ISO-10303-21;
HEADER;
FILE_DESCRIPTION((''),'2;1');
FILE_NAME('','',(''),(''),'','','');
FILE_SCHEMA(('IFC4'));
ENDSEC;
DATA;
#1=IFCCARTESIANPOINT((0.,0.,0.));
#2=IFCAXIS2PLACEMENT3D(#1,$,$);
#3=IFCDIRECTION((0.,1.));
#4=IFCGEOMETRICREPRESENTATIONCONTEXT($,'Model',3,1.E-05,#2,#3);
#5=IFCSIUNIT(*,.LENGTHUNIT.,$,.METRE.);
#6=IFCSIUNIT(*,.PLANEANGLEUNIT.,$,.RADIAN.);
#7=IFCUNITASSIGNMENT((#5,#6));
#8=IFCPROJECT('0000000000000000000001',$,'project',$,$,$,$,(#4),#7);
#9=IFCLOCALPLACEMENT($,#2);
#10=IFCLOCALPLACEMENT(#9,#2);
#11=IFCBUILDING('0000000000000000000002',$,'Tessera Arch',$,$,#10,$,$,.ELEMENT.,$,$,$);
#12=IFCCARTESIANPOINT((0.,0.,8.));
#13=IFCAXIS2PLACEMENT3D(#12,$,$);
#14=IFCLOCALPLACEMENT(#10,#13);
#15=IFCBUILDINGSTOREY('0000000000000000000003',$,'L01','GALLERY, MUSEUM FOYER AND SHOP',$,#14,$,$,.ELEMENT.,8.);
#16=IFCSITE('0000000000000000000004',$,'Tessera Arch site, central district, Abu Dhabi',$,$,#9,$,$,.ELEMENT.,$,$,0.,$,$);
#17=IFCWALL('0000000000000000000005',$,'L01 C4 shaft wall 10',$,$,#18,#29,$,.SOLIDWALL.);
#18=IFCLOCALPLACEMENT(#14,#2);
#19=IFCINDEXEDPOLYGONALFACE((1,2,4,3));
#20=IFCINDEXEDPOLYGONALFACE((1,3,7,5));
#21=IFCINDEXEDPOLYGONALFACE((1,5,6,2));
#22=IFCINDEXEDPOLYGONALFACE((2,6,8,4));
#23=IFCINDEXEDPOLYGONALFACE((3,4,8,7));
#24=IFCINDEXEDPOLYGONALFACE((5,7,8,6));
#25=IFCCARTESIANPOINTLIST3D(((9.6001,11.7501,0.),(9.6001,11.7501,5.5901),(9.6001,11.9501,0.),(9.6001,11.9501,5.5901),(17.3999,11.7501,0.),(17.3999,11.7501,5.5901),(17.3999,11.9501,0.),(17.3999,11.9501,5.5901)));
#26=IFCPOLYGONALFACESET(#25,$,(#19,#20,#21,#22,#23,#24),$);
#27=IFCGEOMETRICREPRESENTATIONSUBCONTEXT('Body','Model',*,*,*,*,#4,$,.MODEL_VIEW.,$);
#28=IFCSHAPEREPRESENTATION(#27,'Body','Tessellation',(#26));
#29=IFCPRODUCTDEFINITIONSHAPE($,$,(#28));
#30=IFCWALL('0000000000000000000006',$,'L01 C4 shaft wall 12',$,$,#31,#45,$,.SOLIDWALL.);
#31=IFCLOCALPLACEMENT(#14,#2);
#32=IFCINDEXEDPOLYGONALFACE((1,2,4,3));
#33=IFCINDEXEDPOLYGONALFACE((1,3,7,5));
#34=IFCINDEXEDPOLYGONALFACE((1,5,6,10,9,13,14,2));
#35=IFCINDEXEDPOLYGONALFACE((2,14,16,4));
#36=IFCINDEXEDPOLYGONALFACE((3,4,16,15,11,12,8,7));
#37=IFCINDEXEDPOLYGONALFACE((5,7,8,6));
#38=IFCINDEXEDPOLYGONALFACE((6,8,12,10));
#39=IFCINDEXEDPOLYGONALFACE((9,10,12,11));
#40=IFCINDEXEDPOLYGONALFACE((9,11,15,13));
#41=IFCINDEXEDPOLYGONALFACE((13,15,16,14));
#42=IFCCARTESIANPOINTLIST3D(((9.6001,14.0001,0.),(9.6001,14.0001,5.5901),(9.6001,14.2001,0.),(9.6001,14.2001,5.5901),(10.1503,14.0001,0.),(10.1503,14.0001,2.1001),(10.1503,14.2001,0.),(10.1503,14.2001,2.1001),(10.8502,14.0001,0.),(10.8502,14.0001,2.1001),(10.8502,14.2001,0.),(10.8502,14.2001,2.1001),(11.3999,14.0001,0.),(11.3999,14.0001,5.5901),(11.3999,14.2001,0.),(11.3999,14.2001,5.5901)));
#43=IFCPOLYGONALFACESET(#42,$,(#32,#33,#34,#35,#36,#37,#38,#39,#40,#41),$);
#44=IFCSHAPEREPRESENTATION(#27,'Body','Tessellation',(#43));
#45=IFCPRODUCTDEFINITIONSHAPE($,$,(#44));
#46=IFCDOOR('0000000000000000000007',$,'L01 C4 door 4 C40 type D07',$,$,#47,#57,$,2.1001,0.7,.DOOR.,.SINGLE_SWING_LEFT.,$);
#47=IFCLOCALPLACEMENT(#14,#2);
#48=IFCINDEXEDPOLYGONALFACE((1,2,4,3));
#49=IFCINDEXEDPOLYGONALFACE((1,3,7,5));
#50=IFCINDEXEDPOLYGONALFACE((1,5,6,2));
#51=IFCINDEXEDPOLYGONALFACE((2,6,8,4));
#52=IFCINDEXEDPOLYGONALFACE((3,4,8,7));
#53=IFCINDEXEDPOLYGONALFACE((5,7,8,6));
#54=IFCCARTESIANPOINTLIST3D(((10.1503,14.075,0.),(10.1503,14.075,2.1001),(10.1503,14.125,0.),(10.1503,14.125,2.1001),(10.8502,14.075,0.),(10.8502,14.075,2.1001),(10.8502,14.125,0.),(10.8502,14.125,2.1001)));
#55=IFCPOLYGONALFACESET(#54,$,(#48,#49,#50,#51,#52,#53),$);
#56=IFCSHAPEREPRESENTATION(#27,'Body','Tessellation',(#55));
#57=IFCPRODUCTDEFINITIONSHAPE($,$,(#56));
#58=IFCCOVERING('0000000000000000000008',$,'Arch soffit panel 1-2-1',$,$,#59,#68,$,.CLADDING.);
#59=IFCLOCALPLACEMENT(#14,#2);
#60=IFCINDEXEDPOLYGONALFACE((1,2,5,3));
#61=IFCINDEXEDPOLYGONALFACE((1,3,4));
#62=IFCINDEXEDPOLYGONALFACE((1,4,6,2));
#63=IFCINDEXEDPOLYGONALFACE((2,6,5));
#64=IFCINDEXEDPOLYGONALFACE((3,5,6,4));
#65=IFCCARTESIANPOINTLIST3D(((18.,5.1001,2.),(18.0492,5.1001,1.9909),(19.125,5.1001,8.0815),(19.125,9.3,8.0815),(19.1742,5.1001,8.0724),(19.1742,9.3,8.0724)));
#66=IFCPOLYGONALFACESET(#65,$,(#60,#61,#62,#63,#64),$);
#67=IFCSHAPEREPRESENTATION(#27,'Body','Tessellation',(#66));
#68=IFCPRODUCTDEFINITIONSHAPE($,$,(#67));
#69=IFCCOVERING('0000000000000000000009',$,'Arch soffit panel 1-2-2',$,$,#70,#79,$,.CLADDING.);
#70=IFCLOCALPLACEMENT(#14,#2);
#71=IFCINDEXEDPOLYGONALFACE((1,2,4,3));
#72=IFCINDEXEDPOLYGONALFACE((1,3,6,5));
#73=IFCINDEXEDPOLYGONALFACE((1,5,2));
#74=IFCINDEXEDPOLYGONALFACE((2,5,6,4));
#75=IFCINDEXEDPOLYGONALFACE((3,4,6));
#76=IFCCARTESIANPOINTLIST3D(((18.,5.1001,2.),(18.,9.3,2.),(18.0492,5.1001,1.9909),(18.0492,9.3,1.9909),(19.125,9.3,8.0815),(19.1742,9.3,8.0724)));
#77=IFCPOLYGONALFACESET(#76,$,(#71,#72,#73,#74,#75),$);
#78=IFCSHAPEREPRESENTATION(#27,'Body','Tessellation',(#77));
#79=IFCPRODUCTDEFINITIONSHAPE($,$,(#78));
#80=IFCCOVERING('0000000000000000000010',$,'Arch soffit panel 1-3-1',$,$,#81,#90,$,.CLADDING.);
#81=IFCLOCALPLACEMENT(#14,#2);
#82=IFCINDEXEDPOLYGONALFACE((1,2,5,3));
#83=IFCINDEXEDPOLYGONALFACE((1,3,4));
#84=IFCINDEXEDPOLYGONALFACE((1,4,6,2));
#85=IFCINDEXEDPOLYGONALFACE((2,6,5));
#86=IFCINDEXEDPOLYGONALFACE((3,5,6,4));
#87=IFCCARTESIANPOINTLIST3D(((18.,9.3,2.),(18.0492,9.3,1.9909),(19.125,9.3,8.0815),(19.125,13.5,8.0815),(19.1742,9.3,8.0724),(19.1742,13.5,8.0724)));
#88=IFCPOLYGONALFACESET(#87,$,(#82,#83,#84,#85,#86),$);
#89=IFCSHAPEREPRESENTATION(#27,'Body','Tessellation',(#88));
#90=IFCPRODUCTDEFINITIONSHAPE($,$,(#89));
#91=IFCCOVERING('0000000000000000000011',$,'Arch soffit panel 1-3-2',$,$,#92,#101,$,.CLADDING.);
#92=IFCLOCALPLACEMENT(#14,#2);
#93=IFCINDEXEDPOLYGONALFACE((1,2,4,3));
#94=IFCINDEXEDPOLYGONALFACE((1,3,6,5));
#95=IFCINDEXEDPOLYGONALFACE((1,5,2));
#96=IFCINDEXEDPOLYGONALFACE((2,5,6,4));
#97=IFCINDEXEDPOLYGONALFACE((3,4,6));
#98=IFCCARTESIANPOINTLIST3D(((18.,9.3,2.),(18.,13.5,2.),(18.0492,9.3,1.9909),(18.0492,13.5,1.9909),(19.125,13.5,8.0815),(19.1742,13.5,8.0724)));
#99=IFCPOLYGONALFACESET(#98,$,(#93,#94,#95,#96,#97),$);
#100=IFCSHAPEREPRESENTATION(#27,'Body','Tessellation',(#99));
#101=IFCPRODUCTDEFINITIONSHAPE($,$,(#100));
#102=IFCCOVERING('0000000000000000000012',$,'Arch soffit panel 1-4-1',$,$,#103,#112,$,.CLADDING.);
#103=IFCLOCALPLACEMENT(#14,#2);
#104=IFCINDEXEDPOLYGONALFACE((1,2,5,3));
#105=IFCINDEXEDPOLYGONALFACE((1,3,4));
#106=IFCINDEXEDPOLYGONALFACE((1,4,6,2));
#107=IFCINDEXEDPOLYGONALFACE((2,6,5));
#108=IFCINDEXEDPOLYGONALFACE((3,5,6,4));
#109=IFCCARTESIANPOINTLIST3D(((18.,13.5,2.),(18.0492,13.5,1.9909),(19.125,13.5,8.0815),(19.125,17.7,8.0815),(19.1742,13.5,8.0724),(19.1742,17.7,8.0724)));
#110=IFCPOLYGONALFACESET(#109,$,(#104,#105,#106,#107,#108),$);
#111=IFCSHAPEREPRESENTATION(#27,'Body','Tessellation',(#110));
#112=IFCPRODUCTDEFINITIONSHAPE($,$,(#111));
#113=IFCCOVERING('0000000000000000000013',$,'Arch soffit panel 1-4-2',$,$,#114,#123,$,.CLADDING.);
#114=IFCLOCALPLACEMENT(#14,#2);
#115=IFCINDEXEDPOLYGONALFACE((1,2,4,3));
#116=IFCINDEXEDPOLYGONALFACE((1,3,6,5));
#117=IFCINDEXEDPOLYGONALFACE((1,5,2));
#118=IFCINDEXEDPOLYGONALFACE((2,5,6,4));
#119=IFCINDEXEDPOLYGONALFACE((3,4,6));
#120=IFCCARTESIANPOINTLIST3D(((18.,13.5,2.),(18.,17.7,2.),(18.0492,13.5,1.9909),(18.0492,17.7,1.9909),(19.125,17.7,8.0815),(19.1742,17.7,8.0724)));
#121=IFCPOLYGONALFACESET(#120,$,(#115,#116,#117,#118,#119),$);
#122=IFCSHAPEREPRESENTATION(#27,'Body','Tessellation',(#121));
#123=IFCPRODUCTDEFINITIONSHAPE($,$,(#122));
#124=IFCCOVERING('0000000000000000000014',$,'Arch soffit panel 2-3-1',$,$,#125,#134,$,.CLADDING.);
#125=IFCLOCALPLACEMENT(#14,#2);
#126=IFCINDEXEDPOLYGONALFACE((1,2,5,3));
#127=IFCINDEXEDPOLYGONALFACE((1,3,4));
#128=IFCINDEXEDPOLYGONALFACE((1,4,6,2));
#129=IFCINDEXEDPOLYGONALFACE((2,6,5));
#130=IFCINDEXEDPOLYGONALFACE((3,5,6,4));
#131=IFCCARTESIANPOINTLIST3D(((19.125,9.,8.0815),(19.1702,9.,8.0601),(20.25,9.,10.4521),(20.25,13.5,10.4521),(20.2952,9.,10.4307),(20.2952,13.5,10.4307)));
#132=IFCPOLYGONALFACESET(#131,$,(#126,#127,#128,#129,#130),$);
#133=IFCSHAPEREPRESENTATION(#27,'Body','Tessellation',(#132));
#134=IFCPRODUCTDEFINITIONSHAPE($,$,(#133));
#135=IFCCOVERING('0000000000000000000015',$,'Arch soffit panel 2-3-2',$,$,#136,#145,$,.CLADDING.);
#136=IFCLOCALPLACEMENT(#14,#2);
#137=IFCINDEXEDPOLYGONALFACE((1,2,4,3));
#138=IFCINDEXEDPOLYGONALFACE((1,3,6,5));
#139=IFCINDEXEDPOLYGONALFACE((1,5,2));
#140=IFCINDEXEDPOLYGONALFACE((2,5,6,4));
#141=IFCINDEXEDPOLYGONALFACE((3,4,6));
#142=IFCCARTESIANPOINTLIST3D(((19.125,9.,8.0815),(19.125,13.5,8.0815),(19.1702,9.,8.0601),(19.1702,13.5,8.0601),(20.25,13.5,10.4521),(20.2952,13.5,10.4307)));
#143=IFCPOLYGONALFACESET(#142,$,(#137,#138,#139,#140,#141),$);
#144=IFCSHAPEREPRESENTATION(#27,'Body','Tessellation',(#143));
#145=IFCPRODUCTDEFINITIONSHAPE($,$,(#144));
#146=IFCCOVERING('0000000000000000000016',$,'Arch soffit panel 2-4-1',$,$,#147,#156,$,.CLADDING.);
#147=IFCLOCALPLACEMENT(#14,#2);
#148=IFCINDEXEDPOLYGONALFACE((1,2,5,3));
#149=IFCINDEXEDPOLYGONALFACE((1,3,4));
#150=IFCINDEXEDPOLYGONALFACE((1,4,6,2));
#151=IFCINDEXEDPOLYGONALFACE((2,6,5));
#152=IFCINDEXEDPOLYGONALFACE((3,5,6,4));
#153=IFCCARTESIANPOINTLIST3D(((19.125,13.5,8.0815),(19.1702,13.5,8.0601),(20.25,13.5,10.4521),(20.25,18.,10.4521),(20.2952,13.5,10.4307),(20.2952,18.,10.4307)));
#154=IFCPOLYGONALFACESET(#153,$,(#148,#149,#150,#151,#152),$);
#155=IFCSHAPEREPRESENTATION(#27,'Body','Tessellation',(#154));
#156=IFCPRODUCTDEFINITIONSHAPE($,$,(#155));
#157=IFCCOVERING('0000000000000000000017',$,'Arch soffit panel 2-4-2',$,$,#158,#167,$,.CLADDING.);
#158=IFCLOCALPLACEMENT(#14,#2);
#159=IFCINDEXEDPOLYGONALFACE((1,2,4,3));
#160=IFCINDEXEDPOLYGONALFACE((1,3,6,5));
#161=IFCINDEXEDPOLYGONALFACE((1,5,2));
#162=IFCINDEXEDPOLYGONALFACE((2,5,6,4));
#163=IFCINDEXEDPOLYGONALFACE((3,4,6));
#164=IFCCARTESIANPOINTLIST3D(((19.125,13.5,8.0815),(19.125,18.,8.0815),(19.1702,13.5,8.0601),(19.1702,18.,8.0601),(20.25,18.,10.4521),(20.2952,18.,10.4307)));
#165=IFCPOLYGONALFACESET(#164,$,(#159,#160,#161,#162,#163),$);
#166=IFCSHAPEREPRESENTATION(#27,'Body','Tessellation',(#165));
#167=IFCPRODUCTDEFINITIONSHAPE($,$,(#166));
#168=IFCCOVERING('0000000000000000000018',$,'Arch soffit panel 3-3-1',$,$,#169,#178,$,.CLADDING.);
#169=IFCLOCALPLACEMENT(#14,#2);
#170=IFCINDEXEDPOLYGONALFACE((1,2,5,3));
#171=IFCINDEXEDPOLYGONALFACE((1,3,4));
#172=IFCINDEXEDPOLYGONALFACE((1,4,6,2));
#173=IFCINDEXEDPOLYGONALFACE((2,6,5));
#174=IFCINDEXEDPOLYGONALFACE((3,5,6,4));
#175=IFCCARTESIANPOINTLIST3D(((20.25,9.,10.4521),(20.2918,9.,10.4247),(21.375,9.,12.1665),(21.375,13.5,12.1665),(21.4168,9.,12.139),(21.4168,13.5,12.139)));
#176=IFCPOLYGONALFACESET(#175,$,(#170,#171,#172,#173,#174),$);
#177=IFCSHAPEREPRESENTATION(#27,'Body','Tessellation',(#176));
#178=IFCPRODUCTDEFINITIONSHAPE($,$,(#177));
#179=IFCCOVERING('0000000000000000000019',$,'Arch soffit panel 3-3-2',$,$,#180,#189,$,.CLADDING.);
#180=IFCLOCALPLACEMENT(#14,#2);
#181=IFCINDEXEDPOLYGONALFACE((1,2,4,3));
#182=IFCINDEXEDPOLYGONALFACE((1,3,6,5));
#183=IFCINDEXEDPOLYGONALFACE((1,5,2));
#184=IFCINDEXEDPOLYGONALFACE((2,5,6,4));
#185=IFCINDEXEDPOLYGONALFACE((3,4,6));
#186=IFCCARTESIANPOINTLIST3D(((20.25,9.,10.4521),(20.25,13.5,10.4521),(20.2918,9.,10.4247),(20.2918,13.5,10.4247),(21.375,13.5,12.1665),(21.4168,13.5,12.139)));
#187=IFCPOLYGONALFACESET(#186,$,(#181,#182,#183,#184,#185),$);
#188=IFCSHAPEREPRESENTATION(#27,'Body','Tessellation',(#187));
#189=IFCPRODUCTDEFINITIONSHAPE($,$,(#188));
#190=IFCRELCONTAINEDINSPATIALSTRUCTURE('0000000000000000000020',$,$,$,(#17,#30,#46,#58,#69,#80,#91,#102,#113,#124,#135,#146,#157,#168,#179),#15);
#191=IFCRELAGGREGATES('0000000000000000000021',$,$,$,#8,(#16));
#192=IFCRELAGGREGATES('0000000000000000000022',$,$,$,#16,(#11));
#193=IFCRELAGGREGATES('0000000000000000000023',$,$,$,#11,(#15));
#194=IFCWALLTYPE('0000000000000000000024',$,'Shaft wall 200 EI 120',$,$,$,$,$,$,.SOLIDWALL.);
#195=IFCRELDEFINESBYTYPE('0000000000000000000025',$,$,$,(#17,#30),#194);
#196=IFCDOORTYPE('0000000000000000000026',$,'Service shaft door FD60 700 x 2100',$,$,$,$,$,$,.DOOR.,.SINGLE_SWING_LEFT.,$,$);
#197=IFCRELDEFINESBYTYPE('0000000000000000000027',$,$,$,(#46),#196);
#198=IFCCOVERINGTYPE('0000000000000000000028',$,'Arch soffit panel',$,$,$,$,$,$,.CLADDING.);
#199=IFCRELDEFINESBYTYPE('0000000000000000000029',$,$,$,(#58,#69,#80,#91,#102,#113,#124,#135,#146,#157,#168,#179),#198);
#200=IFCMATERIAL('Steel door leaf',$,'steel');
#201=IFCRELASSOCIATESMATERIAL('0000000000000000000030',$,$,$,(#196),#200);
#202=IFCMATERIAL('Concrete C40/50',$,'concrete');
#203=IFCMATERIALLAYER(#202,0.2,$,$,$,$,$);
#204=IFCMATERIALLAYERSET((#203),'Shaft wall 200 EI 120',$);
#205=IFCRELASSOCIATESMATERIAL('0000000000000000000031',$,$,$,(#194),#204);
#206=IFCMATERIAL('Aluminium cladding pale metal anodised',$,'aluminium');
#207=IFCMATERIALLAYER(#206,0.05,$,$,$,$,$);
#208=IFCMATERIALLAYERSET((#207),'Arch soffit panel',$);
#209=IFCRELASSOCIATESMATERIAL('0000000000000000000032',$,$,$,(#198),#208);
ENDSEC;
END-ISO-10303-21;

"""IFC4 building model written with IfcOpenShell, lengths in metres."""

from ifc_helpers import new_model, si_unit, direction, frame, frame_2d, origin, place, context, subcontext, project, spatial, polyline, rectangle, outline, extrude, material, layer, layer_set, type_object, element, fill, save


model = new_model("IFC4")

# Units and contexts
model_context = context("Model", 3, precision=1e-05, world=origin(), true_north=direction((0.0, 1.0)))
body_context = subcontext(model_context, "Body", "Model", "MODEL_VIEW")
ifc_project = project(units=[si_unit("LENGTHUNIT", "METRE"), si_unit("PLANEANGLEUNIT", "RADIAN")], contexts=[model_context])

# Site, building, storey
site_placement = place(None, origin())
site = spatial("IfcSite", under=ifc_project, at=site_placement, Name="Tessera Arch site, central district, Abu Dhabi", CompositionType="ELEMENT", RefElevation=0.0)
building_placement = place(site_placement, origin())
building = spatial("IfcBuilding", under=site, at=building_placement, Name="Tessera Arch", CompositionType="ELEMENT")
storey_placement = place(building_placement, frame((0.0, 0.0, 8.0)))
storey = spatial("IfcBuildingStorey", under=building, at=storey_placement, Name="L01", Description="GALLERY, MUSEUM FOYER AND SHOP", CompositionType="ELEMENT", Elevation=8.0)

# Shared definitions
ifc_material_1 = material(Name="Steel door leaf", Category="steel")
door_type_1 = type_object("IfcDoorType", Name="Service shaft door FD60 700 x 2100", OperationType="SINGLE_SWING_LEFT", PredefinedType="DOOR", material=ifc_material_1)

# Wall
ifc_material_2 = material(Name="Concrete C40/50", Category="concrete")
ifc_layer_1 = layer(ifc_material_2, 0.2)
ifc_layer_set_1 = layer_set([ifc_layer_1], Name="Shaft wall 200 EI 120")
wall_type_1 = type_object("IfcWallType", Name="Shaft wall 200 EI 120", PredefinedType="SOLIDWALL", material=ifc_layer_set_1)
wall_1_placement = place(storey_placement, frame((9.6001, 11.8501, 0.0), z_axis=(0.0, 0.0, 1.0), x_axis=(1.0, 0.0, 0.0)))
element("IfcWall", 1, at=wall_1_placement, inside=storey, type_object=wall_type_1, Name="L01 C4 shaft wall 10", PredefinedType="SOLIDWALL", context=body_context, shape_type="SweptSolid", body=[
    extrude(rectangle(XDim=7.7998, YDim=0.2, at=frame_2d((3.8999, 0.0))), origin(), (0.0, 0.0, 1.0), 5.5901),
])

# Wall, opening, door
wall_2_placement = place(storey_placement, frame((9.6001, 14.1001, 0.0), z_axis=(0.0, 0.0, 1.0), x_axis=(1.0, 0.0, 0.0)))
wall_2 = element("IfcWall", 2, at=wall_2_placement, inside=storey, type_object=wall_type_1, Name="L01 C4 shaft wall 12", PredefinedType="SOLIDWALL", context=body_context, shape_type="SweptSolid", body=[
    extrude(rectangle(XDim=1.7998, YDim=0.2, at=frame_2d((0.8999, 0.0))), origin(), (0.0, 0.0, 1.0), 5.5901),
])
opening_1_placement = place(wall_2_placement, frame((0.55, 0.0, 0.0)))
opening_1 = element("IfcOpeningElement", 3, at=opening_1_placement, cuts=wall_2, PredefinedType="OPENING", context=body_context, shape_type="SweptSolid", body=[
    extrude(rectangle(XDim=0.7, YDim=2.1001, at=frame_2d((0.3501, 1.05))), frame((0.0, 0.1099, 0.0), z_axis=(0.0, -1.0, 0.0), x_axis=(1.0, 0.0, 0.0)), (0.0, 0.0, 1.0), 0.22),
])
door_1_placement = place(opening_1_placement, origin())
door_1 = element("IfcDoor", 4, at=door_1_placement, inside=storey, type_object=door_type_1, Name="L01 C4 door 4 C40 type D07", OperationType="SINGLE_SWING_LEFT", OverallHeight=2.1001, OverallWidth=0.7, PredefinedType="DOOR", context=body_context, shape_type="SweptSolid", body=[
    extrude(rectangle(XDim=0.7, YDim=2.1001, at=frame_2d((0.3501, 1.05))), frame((0.0, 0.0249, 0.0), z_axis=(0.0, -1.0, 0.0), x_axis=(1.0, 0.0, 0.0)), (0.0, 0.0, 1.0), 0.05),
])
fill(opening_1, door_1)

# Coverings
ifc_material_3 = material(Name="Aluminium cladding pale metal anodised", Category="aluminium")
ifc_layer_2 = layer(ifc_material_3, 0.05)
ifc_layer_set_2 = layer_set([ifc_layer_2], Name="Arch soffit panel")
covering_type = type_object("IfcCoveringType", Name="Arch soffit panel", PredefinedType="CLADDING", material=ifc_layer_set_2)
covering_1_placement = place(storey_placement, frame((18.0, 5.1001, 2.0), z_axis=(-0.983317, 0.0, 0.1819), x_axis=(0.1819, 0.0, 0.983317)))
element("IfcCovering", 5, at=covering_1_placement, inside=storey, type_object=covering_type, Name="Arch soffit panel 1-2-1", PredefinedType="CLADDING", context=body_context, shape_type="SweptSolid", body=[
    extrude(outline(polyline([(0.0, 0.0), (6.1847, 0.0), (6.1847, 4.2), (0.0, 0.0)])), origin(), (0.0, 0.0, -1.0), 0.05),
])
covering_2_placement = place(storey_placement, frame((18.0, 5.1001, 2.0), z_axis=(-0.983317, 0.0, 0.1819), x_axis=(0.150482, 0.561792, 0.813477)))
element("IfcCovering", 6, at=covering_2_placement, inside=storey, type_object=covering_type, Name="Arch soffit panel 1-2-2", PredefinedType="CLADDING", context=body_context, shape_type="SweptSolid", body=[
    extrude(outline(polyline([(0.0, 0.0), (7.476, 0.0), (2.3595, 3.4745), (0.0, 0.0)])), origin(), (0.0, 0.0, -1.0), 0.05),
])
covering_3_placement = place(storey_placement, frame((18.0, 9.3, 2.0), z_axis=(-0.983317, 0.0, 0.1819), x_axis=(0.1819, 0.0, 0.983317)))
element("IfcCovering", 7, at=covering_3_placement, inside=storey, type_object=covering_type, Name="Arch soffit panel 1-3-1", PredefinedType="CLADDING", context=body_context, shape_type="SweptSolid", body=[
    extrude(outline(polyline([(0.0, 0.0), (6.1847, 0.0), (6.1847, 4.2), (0.0, 0.0)])), origin(), (0.0, 0.0, -1.0), 0.05),
])
covering_4_placement = place(storey_placement, frame((18.0, 9.3, 2.0), z_axis=(-0.983317, 0.0, 0.1819), x_axis=(0.150482, 0.561792, 0.813477)))
element("IfcCovering", 8, at=covering_4_placement, inside=storey, type_object=covering_type, Name="Arch soffit panel 1-3-2", PredefinedType="CLADDING", context=body_context, shape_type="SweptSolid", body=[
    extrude(outline(polyline([(0.0, 0.0), (7.476, 0.0), (2.3595, 3.4745), (0.0, 0.0)])), origin(), (0.0, 0.0, -1.0), 0.05),
])
covering_5_placement = place(storey_placement, frame((18.0, 13.5, 2.0), z_axis=(-0.983317, 0.0, 0.1819), x_axis=(0.1819, 0.0, 0.983317)))
element("IfcCovering", 9, at=covering_5_placement, inside=storey, type_object=covering_type, Name="Arch soffit panel 1-4-1", PredefinedType="CLADDING", context=body_context, shape_type="SweptSolid", body=[
    extrude(outline(polyline([(0.0, 0.0), (6.1847, 0.0), (6.1847, 4.2), (0.0, 0.0)])), origin(), (0.0, 0.0, -1.0), 0.05),
])
covering_6_placement = place(storey_placement, frame((18.0, 13.5, 2.0), z_axis=(-0.983317, 0.0, 0.1819), x_axis=(0.150482, 0.561792, 0.813477)))
element("IfcCovering", 10, at=covering_6_placement, inside=storey, type_object=covering_type, Name="Arch soffit panel 1-4-2", PredefinedType="CLADDING", context=body_context, shape_type="SweptSolid", body=[
    extrude(outline(polyline([(0.0, 0.0), (7.476, 0.0), (2.3595, 3.4745), (0.0, 0.0)])), origin(), (0.0, 0.0, -1.0), 0.05),
])
covering_7_placement = place(storey_placement, frame((19.125, 9.0, 8.0815), z_axis=(-0.903431, 0.0, 0.428734), x_axis=(0.428734, 0.0, 0.903431)))
element("IfcCovering", 11, at=covering_7_placement, inside=storey, type_object=covering_type, Name="Arch soffit panel 2-3-1", PredefinedType="CLADDING", context=body_context, shape_type="SweptSolid", body=[
    extrude(outline(polyline([(0.0, 0.0), (2.624, 0.0), (2.624, 4.5), (0.0, 0.0)])), origin(), (0.0, 0.0, -1.0), 0.05),
])
covering_8_placement = place(storey_placement, frame((19.125, 9.0, 8.0815), z_axis=(-0.903431, 0.0, 0.428734), x_axis=(0.215966, 0.863862, 0.455084)))
element("IfcCovering", 12, at=covering_8_placement, inside=storey, type_object=covering_type, Name="Arch soffit panel 2-3-2", PredefinedType="CLADDING", context=body_context, shape_type="SweptSolid", body=[
    extrude(outline(polyline([(0.0, 0.0), (5.2092, 0.0), (3.8874, 2.2668), (0.0, 0.0)])), origin(), (0.0, 0.0, -1.0), 0.05),
])
covering_9_placement = place(storey_placement, frame((19.125, 13.5, 8.0815), z_axis=(-0.903431, 0.0, 0.428734), x_axis=(0.428734, 0.0, 0.903431)))
element("IfcCovering", 13, at=covering_9_placement, inside=storey, type_object=covering_type, Name="Arch soffit panel 2-4-1", PredefinedType="CLADDING", context=body_context, shape_type="SweptSolid", body=[
    extrude(outline(polyline([(0.0, 0.0), (2.624, 0.0), (2.624, 4.5), (0.0, 0.0)])), origin(), (0.0, 0.0, -1.0), 0.05),
])
covering_10_placement = place(storey_placement, frame((19.125, 13.5, 8.0815), z_axis=(-0.903431, 0.0, 0.428734), x_axis=(0.215966, 0.863862, 0.455084)))
element("IfcCovering", 14, at=covering_10_placement, inside=storey, type_object=covering_type, Name="Arch soffit panel 2-4-2", PredefinedType="CLADDING", context=body_context, shape_type="SweptSolid", body=[
    extrude(outline(polyline([(0.0, 0.0), (5.2092, 0.0), (3.8874, 2.2668), (0.0, 0.0)])), origin(), (0.0, 0.0, -1.0), 0.05),
])
covering_11_placement = place(storey_placement, frame((20.25, 9.0, 10.4521), z_axis=(-0.836058, 0.0, 0.548641), x_axis=(0.548641, 0.0, 0.836058)))
element("IfcCovering", 15, at=covering_11_placement, inside=storey, type_object=covering_type, Name="Arch soffit panel 3-3-1", PredefinedType="CLADDING", context=body_context, shape_type="SweptSolid", body=[
    extrude(outline(polyline([(0.0, 0.0), (2.0505, 0.0), (2.0505, 4.5), (0.0, 0.0)])), origin(), (0.0, 0.0, -1.0), 0.05),
])
covering_12_placement = place(storey_placement, frame((20.25, 9.0, 10.4521), z_axis=(-0.836058, 0.0, 0.548641), x_axis=(0.227495, 0.90998, 0.346673)))
element("IfcCovering", 16, at=covering_12_placement, inside=storey, type_object=covering_type, Name="Arch soffit panel 3-3-2", PredefinedType="CLADDING", context=body_context, shape_type="SweptSolid", body=[
    extrude(outline(polyline([(0.0, 0.0), (4.9452, 0.0), (4.0949, 1.8659), (0.0, 0.0)])), origin(), (0.0, 0.0, -1.0), 0.05),
])

save(model, "model.ifc")
